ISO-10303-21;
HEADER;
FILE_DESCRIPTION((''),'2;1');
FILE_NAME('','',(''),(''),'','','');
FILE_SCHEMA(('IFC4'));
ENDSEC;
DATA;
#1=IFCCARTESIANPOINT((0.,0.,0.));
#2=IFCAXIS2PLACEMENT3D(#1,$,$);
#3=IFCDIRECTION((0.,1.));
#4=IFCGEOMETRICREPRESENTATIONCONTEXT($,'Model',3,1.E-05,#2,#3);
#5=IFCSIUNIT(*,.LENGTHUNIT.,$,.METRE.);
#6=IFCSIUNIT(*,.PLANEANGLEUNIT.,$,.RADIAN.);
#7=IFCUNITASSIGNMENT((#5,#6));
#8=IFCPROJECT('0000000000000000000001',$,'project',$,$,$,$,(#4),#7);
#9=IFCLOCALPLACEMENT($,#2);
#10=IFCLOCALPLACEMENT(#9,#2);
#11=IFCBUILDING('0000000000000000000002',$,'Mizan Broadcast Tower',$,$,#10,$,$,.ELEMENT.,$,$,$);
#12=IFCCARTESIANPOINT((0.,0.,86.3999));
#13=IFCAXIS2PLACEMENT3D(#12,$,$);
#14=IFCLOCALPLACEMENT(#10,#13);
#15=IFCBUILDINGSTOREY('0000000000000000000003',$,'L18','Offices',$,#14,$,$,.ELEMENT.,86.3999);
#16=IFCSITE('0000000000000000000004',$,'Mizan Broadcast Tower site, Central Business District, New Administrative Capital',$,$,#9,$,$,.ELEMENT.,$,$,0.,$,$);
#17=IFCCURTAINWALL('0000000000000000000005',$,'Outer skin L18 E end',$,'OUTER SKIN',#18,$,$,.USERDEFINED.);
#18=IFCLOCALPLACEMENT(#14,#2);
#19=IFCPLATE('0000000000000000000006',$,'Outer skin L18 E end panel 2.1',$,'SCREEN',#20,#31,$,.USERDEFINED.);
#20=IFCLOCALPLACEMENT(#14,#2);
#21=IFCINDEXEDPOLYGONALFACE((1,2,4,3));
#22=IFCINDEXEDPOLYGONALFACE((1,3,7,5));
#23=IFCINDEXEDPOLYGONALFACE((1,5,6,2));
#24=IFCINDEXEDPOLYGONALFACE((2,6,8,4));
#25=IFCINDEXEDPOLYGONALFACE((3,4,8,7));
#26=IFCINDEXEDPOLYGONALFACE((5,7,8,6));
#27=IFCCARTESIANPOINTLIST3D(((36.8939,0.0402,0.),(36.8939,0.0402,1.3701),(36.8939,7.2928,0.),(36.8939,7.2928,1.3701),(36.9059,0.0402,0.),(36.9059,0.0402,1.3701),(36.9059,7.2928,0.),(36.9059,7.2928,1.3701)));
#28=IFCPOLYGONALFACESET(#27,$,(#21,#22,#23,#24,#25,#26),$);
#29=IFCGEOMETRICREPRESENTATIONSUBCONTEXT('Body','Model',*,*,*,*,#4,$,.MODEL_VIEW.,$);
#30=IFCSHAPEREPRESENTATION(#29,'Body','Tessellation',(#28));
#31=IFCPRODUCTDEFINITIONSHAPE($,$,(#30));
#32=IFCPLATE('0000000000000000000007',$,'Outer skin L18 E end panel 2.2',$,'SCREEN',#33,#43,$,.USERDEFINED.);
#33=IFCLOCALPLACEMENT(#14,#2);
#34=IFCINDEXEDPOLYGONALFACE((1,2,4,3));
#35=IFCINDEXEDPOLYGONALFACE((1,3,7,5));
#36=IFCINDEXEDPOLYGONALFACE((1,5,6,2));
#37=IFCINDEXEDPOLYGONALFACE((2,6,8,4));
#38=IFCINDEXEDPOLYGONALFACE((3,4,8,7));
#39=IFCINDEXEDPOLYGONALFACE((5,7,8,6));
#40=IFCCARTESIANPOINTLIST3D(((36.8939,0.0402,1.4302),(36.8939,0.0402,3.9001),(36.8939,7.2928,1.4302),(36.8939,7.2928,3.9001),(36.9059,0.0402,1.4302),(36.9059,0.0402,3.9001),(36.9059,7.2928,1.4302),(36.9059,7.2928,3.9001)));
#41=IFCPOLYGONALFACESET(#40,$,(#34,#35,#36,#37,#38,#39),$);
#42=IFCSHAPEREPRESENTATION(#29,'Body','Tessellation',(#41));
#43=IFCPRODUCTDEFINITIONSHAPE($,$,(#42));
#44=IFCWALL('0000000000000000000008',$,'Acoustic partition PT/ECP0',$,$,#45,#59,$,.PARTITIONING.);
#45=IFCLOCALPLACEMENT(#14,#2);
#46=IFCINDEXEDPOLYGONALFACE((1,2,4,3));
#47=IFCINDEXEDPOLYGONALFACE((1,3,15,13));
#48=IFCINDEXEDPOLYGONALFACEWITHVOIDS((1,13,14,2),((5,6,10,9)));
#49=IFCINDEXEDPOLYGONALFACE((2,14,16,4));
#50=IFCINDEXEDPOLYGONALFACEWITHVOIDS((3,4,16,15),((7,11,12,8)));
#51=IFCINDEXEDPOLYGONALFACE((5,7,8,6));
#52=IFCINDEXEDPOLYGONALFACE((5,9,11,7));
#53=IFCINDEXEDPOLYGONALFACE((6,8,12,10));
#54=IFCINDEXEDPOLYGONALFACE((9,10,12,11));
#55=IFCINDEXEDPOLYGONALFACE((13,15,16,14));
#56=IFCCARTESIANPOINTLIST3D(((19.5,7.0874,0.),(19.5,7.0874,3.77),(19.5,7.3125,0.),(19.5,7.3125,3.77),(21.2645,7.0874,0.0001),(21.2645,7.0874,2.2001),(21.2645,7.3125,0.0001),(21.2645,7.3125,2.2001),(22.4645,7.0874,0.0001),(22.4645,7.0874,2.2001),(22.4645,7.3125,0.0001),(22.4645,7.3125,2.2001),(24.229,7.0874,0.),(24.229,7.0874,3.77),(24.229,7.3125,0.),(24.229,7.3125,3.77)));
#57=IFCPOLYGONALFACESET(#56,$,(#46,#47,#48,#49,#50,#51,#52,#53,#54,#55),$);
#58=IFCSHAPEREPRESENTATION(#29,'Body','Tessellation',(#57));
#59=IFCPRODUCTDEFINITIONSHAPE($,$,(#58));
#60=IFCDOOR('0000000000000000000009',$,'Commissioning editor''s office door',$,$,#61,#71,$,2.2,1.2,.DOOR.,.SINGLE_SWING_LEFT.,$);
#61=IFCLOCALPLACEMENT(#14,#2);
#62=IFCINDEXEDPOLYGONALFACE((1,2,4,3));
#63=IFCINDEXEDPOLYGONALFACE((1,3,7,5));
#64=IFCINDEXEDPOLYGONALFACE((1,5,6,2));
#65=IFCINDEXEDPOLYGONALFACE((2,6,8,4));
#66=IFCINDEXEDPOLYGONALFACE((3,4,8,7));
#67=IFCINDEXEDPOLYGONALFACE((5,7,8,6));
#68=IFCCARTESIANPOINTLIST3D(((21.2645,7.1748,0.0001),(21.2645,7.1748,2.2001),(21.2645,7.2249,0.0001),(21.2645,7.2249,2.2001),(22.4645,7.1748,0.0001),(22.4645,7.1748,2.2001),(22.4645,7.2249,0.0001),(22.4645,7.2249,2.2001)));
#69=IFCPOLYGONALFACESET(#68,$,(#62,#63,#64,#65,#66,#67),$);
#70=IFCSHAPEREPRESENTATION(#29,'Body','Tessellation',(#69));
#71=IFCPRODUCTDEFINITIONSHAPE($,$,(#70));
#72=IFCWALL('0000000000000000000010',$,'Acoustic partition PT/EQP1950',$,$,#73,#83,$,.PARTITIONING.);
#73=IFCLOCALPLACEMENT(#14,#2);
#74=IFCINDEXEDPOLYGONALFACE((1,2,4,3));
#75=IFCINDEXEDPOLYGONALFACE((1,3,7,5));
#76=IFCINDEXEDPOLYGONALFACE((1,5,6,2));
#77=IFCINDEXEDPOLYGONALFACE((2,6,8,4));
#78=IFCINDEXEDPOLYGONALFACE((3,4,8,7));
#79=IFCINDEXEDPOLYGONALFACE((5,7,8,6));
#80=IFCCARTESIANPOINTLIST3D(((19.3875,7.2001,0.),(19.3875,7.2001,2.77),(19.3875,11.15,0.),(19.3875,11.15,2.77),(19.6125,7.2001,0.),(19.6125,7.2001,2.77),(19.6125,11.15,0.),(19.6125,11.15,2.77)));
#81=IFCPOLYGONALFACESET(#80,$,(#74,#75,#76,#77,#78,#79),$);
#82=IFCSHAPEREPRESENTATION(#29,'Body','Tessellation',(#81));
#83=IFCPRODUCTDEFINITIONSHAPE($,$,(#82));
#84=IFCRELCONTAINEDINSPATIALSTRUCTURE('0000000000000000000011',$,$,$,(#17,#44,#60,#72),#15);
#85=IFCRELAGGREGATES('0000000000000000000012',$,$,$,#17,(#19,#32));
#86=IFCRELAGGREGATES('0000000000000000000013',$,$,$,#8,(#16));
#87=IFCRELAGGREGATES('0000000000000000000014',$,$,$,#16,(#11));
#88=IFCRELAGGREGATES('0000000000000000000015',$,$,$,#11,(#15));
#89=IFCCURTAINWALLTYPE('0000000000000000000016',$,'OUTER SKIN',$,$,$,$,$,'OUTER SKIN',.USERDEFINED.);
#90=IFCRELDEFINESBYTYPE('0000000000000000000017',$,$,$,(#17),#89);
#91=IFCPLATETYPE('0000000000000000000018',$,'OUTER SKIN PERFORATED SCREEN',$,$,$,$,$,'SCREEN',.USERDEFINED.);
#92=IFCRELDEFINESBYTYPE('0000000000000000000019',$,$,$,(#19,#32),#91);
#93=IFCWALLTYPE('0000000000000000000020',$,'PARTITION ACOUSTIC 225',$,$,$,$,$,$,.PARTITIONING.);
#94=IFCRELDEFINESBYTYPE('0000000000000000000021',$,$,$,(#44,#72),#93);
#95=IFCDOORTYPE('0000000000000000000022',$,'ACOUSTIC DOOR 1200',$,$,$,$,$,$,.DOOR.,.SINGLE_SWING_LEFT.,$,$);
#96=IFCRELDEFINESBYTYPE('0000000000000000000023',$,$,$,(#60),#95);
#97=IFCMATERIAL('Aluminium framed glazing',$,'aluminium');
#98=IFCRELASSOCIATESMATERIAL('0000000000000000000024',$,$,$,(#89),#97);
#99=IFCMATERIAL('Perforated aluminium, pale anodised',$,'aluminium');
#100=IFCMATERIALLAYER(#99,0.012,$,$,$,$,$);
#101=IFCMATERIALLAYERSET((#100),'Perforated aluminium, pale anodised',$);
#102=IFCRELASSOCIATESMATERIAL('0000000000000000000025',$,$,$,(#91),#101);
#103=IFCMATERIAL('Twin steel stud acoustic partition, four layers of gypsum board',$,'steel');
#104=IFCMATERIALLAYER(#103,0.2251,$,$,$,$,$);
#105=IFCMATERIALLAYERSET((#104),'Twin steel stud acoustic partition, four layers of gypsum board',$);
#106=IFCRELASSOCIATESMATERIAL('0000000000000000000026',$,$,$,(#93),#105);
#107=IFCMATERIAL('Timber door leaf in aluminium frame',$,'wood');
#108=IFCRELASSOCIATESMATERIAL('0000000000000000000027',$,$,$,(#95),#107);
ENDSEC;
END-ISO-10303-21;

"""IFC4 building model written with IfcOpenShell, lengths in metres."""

from ifc_helpers import new_model, si_unit, direction, frame, frame_2d, origin, origin_2d, place, context, subcontext, project, spatial, rectangle, extrude, material, layer, layer_set, type_object, element, fill, aggregate, save


model = new_model("IFC4")

# Units and contexts
model_context = context("Model", 3, precision=1e-05, world=origin(), true_north=direction((0.0, 1.0)))
body_context = subcontext(model_context, "Body", "Model", "MODEL_VIEW")
ifc_project = project(units=[si_unit("LENGTHUNIT", "METRE"), si_unit("PLANEANGLEUNIT", "RADIAN")], contexts=[model_context])

# Site, building, storey
site_placement = place(None, origin())
site = spatial("IfcSite", under=ifc_project, at=site_placement, Name="Mizan Broadcast Tower site, Central Business District, New Administrative Capital", CompositionType="ELEMENT", RefElevation=0.0)
building_placement = place(site_placement, origin())
building = spatial("IfcBuilding", under=site, at=building_placement, Name="Mizan Broadcast Tower", CompositionType="ELEMENT")
storey_placement = place(building_placement, frame((0.0, 0.0, 86.3999)))
storey = spatial("IfcBuildingStorey", under=building, at=storey_placement, Name="L18", Description="Offices", CompositionType="ELEMENT", Elevation=86.3999)

# Curtain wall
ifc_material_1 = material(Name="Aluminium framed glazing", Category="aluminium")
curtain_wall_type_1 = type_object("IfcCurtainWallType", Name="OUTER SKIN", ElementType="OUTER SKIN", PredefinedType="USERDEFINED", material=ifc_material_1)
curtain_wall_1_placement = place(storey_placement, origin())
curtain_wall_1 = element("IfcCurtainWall", 1, at=curtain_wall_1_placement, inside=storey, type_object=curtain_wall_type_1, Name="Outer skin L18 E end", ObjectType="OUTER SKIN", PredefinedType="USERDEFINED")

# Plates
ifc_material_2 = material(Name="Perforated aluminium, pale anodised", Category="aluminium")
ifc_layer_1 = layer(ifc_material_2, 0.012)
ifc_layer_set_1 = layer_set([ifc_layer_1], Name="Perforated aluminium, pale anodised")
plate_type_1 = type_object("IfcPlateType", Name="OUTER SKIN PERFORATED SCREEN", ElementType="SCREEN", PredefinedType="USERDEFINED", material=ifc_layer_set_1)
plate_1_placement = place(storey_placement, frame((36.8999, 3.6665, 0.0), z_axis=(0.0, 0.0, 1.0), x_axis=(0.0, 1.0, 0.0)))
plate_1 = element("IfcPlate", 2, at=plate_1_placement, type_object=plate_type_1, Name="Outer skin L18 E end panel 2.1", ObjectType="SCREEN", PredefinedType="USERDEFINED", context=body_context, shape_type="SweptSolid", body=[
    extrude(rectangle(XDim=7.2527, YDim=0.012, at=origin_2d()), origin(), (0.0, 0.0, 1.0), 1.3701),
])
plate_2_placement = place(storey_placement, frame((36.8999, 3.6665, 1.4302), z_axis=(0.0, 0.0, 1.0), x_axis=(0.0, 1.0, 0.0)))
plate_2 = element("IfcPlate", 3, at=plate_2_placement, type_object=plate_type_1, Name="Outer skin L18 E end panel 2.2", ObjectType="SCREEN", PredefinedType="USERDEFINED", context=body_context, shape_type="SweptSolid", body=[
    extrude(rectangle(XDim=7.2527, YDim=0.012, at=origin_2d()), origin(), (0.0, 0.0, 1.0), 2.47),
])
aggregate(curtain_wall_1, [plate_1, plate_2])

# Wall, opening, door
ifc_material_3 = material(Name="Twin steel stud acoustic partition, four layers of gypsum board", Category="steel")
ifc_layer_2 = layer(ifc_material_3, 0.2251)
ifc_layer_set_2 = layer_set([ifc_layer_2], Name="Twin steel stud acoustic partition, four layers of gypsum board")
wall_type = type_object("IfcWallType", Name="PARTITION ACOUSTIC 225", PredefinedType="PARTITIONING", material=ifc_layer_set_2)
wall_1_placement = place(storey_placement, frame((19.5, 7.2, 0.0), z_axis=(0.0, 0.0, 1.0), x_axis=(1.0, 0.0, 0.0)))
wall_1 = element("IfcWall", 4, at=wall_1_placement, inside=storey, type_object=wall_type, Name="Acoustic partition PT/ECP0", PredefinedType="PARTITIONING", context=body_context, shape_type="SweptSolid", body=[
    extrude(rectangle(XDim=4.729, YDim=0.2251, at=frame_2d((2.3645, 0.0))), origin(), (0.0, 0.0, 1.0), 3.77),
])
opening_placement = place(wall_1_placement, frame((1.7644, 0.0, 0.0)))
opening = element("IfcOpeningElement", 5, at=opening_placement, cuts=wall_1, PredefinedType="OPENING", context=body_context, shape_type="SweptSolid", body=[
    extrude(rectangle(XDim=1.2, YDim=2.2, at=frame_2d((0.6001, 1.1001))), frame((0.0, 0.1226, 0.0), z_axis=(0.0, -1.0, 0.0), x_axis=(1.0, 0.0, 0.0)), (0.0, 0.0, 1.0), 0.2451),
])
ifc_material_4 = material(Name="Timber door leaf in aluminium frame", Category="wood")
door_type = type_object("IfcDoorType", Name="ACOUSTIC DOOR 1200", OperationType="SINGLE_SWING_LEFT", PredefinedType="DOOR", material=ifc_material_4)
door_placement = place(opening_placement, origin())
door = element("IfcDoor", 6, at=door_placement, inside=storey, type_object=door_type, Name="Commissioning editor's office door", OperationType="SINGLE_SWING_LEFT", OverallHeight=2.2, OverallWidth=1.2, PredefinedType="DOOR", context=body_context, shape_type="SweptSolid", body=[
    extrude(rectangle(XDim=1.2, YDim=2.2, at=frame_2d((0.6001, 1.1001))), frame((0.0, 0.0249, 0.0), z_axis=(0.0, -1.0, 0.0), x_axis=(1.0, 0.0, 0.0)), (0.0, 0.0, 1.0), 0.05),
])
fill(opening, door)

# Wall
wall_2_placement = place(storey_placement, frame((19.5, 7.2, 0.0), z_axis=(0.0, 0.0, 1.0), x_axis=(0.0, 1.0, 0.0)))
element("IfcWall", 7, at=wall_2_placement, inside=storey, type_object=wall_type, Name="Acoustic partition PT/EQP1950", PredefinedType="PARTITIONING", context=body_context, shape_type="SweptSolid", body=[
    extrude(rectangle(XDim=3.95, YDim=0.2251, at=frame_2d((1.9751, 0.0))), origin(), (0.0, 0.0, 1.0), 2.77),
])

save(model, "model.ifc")
